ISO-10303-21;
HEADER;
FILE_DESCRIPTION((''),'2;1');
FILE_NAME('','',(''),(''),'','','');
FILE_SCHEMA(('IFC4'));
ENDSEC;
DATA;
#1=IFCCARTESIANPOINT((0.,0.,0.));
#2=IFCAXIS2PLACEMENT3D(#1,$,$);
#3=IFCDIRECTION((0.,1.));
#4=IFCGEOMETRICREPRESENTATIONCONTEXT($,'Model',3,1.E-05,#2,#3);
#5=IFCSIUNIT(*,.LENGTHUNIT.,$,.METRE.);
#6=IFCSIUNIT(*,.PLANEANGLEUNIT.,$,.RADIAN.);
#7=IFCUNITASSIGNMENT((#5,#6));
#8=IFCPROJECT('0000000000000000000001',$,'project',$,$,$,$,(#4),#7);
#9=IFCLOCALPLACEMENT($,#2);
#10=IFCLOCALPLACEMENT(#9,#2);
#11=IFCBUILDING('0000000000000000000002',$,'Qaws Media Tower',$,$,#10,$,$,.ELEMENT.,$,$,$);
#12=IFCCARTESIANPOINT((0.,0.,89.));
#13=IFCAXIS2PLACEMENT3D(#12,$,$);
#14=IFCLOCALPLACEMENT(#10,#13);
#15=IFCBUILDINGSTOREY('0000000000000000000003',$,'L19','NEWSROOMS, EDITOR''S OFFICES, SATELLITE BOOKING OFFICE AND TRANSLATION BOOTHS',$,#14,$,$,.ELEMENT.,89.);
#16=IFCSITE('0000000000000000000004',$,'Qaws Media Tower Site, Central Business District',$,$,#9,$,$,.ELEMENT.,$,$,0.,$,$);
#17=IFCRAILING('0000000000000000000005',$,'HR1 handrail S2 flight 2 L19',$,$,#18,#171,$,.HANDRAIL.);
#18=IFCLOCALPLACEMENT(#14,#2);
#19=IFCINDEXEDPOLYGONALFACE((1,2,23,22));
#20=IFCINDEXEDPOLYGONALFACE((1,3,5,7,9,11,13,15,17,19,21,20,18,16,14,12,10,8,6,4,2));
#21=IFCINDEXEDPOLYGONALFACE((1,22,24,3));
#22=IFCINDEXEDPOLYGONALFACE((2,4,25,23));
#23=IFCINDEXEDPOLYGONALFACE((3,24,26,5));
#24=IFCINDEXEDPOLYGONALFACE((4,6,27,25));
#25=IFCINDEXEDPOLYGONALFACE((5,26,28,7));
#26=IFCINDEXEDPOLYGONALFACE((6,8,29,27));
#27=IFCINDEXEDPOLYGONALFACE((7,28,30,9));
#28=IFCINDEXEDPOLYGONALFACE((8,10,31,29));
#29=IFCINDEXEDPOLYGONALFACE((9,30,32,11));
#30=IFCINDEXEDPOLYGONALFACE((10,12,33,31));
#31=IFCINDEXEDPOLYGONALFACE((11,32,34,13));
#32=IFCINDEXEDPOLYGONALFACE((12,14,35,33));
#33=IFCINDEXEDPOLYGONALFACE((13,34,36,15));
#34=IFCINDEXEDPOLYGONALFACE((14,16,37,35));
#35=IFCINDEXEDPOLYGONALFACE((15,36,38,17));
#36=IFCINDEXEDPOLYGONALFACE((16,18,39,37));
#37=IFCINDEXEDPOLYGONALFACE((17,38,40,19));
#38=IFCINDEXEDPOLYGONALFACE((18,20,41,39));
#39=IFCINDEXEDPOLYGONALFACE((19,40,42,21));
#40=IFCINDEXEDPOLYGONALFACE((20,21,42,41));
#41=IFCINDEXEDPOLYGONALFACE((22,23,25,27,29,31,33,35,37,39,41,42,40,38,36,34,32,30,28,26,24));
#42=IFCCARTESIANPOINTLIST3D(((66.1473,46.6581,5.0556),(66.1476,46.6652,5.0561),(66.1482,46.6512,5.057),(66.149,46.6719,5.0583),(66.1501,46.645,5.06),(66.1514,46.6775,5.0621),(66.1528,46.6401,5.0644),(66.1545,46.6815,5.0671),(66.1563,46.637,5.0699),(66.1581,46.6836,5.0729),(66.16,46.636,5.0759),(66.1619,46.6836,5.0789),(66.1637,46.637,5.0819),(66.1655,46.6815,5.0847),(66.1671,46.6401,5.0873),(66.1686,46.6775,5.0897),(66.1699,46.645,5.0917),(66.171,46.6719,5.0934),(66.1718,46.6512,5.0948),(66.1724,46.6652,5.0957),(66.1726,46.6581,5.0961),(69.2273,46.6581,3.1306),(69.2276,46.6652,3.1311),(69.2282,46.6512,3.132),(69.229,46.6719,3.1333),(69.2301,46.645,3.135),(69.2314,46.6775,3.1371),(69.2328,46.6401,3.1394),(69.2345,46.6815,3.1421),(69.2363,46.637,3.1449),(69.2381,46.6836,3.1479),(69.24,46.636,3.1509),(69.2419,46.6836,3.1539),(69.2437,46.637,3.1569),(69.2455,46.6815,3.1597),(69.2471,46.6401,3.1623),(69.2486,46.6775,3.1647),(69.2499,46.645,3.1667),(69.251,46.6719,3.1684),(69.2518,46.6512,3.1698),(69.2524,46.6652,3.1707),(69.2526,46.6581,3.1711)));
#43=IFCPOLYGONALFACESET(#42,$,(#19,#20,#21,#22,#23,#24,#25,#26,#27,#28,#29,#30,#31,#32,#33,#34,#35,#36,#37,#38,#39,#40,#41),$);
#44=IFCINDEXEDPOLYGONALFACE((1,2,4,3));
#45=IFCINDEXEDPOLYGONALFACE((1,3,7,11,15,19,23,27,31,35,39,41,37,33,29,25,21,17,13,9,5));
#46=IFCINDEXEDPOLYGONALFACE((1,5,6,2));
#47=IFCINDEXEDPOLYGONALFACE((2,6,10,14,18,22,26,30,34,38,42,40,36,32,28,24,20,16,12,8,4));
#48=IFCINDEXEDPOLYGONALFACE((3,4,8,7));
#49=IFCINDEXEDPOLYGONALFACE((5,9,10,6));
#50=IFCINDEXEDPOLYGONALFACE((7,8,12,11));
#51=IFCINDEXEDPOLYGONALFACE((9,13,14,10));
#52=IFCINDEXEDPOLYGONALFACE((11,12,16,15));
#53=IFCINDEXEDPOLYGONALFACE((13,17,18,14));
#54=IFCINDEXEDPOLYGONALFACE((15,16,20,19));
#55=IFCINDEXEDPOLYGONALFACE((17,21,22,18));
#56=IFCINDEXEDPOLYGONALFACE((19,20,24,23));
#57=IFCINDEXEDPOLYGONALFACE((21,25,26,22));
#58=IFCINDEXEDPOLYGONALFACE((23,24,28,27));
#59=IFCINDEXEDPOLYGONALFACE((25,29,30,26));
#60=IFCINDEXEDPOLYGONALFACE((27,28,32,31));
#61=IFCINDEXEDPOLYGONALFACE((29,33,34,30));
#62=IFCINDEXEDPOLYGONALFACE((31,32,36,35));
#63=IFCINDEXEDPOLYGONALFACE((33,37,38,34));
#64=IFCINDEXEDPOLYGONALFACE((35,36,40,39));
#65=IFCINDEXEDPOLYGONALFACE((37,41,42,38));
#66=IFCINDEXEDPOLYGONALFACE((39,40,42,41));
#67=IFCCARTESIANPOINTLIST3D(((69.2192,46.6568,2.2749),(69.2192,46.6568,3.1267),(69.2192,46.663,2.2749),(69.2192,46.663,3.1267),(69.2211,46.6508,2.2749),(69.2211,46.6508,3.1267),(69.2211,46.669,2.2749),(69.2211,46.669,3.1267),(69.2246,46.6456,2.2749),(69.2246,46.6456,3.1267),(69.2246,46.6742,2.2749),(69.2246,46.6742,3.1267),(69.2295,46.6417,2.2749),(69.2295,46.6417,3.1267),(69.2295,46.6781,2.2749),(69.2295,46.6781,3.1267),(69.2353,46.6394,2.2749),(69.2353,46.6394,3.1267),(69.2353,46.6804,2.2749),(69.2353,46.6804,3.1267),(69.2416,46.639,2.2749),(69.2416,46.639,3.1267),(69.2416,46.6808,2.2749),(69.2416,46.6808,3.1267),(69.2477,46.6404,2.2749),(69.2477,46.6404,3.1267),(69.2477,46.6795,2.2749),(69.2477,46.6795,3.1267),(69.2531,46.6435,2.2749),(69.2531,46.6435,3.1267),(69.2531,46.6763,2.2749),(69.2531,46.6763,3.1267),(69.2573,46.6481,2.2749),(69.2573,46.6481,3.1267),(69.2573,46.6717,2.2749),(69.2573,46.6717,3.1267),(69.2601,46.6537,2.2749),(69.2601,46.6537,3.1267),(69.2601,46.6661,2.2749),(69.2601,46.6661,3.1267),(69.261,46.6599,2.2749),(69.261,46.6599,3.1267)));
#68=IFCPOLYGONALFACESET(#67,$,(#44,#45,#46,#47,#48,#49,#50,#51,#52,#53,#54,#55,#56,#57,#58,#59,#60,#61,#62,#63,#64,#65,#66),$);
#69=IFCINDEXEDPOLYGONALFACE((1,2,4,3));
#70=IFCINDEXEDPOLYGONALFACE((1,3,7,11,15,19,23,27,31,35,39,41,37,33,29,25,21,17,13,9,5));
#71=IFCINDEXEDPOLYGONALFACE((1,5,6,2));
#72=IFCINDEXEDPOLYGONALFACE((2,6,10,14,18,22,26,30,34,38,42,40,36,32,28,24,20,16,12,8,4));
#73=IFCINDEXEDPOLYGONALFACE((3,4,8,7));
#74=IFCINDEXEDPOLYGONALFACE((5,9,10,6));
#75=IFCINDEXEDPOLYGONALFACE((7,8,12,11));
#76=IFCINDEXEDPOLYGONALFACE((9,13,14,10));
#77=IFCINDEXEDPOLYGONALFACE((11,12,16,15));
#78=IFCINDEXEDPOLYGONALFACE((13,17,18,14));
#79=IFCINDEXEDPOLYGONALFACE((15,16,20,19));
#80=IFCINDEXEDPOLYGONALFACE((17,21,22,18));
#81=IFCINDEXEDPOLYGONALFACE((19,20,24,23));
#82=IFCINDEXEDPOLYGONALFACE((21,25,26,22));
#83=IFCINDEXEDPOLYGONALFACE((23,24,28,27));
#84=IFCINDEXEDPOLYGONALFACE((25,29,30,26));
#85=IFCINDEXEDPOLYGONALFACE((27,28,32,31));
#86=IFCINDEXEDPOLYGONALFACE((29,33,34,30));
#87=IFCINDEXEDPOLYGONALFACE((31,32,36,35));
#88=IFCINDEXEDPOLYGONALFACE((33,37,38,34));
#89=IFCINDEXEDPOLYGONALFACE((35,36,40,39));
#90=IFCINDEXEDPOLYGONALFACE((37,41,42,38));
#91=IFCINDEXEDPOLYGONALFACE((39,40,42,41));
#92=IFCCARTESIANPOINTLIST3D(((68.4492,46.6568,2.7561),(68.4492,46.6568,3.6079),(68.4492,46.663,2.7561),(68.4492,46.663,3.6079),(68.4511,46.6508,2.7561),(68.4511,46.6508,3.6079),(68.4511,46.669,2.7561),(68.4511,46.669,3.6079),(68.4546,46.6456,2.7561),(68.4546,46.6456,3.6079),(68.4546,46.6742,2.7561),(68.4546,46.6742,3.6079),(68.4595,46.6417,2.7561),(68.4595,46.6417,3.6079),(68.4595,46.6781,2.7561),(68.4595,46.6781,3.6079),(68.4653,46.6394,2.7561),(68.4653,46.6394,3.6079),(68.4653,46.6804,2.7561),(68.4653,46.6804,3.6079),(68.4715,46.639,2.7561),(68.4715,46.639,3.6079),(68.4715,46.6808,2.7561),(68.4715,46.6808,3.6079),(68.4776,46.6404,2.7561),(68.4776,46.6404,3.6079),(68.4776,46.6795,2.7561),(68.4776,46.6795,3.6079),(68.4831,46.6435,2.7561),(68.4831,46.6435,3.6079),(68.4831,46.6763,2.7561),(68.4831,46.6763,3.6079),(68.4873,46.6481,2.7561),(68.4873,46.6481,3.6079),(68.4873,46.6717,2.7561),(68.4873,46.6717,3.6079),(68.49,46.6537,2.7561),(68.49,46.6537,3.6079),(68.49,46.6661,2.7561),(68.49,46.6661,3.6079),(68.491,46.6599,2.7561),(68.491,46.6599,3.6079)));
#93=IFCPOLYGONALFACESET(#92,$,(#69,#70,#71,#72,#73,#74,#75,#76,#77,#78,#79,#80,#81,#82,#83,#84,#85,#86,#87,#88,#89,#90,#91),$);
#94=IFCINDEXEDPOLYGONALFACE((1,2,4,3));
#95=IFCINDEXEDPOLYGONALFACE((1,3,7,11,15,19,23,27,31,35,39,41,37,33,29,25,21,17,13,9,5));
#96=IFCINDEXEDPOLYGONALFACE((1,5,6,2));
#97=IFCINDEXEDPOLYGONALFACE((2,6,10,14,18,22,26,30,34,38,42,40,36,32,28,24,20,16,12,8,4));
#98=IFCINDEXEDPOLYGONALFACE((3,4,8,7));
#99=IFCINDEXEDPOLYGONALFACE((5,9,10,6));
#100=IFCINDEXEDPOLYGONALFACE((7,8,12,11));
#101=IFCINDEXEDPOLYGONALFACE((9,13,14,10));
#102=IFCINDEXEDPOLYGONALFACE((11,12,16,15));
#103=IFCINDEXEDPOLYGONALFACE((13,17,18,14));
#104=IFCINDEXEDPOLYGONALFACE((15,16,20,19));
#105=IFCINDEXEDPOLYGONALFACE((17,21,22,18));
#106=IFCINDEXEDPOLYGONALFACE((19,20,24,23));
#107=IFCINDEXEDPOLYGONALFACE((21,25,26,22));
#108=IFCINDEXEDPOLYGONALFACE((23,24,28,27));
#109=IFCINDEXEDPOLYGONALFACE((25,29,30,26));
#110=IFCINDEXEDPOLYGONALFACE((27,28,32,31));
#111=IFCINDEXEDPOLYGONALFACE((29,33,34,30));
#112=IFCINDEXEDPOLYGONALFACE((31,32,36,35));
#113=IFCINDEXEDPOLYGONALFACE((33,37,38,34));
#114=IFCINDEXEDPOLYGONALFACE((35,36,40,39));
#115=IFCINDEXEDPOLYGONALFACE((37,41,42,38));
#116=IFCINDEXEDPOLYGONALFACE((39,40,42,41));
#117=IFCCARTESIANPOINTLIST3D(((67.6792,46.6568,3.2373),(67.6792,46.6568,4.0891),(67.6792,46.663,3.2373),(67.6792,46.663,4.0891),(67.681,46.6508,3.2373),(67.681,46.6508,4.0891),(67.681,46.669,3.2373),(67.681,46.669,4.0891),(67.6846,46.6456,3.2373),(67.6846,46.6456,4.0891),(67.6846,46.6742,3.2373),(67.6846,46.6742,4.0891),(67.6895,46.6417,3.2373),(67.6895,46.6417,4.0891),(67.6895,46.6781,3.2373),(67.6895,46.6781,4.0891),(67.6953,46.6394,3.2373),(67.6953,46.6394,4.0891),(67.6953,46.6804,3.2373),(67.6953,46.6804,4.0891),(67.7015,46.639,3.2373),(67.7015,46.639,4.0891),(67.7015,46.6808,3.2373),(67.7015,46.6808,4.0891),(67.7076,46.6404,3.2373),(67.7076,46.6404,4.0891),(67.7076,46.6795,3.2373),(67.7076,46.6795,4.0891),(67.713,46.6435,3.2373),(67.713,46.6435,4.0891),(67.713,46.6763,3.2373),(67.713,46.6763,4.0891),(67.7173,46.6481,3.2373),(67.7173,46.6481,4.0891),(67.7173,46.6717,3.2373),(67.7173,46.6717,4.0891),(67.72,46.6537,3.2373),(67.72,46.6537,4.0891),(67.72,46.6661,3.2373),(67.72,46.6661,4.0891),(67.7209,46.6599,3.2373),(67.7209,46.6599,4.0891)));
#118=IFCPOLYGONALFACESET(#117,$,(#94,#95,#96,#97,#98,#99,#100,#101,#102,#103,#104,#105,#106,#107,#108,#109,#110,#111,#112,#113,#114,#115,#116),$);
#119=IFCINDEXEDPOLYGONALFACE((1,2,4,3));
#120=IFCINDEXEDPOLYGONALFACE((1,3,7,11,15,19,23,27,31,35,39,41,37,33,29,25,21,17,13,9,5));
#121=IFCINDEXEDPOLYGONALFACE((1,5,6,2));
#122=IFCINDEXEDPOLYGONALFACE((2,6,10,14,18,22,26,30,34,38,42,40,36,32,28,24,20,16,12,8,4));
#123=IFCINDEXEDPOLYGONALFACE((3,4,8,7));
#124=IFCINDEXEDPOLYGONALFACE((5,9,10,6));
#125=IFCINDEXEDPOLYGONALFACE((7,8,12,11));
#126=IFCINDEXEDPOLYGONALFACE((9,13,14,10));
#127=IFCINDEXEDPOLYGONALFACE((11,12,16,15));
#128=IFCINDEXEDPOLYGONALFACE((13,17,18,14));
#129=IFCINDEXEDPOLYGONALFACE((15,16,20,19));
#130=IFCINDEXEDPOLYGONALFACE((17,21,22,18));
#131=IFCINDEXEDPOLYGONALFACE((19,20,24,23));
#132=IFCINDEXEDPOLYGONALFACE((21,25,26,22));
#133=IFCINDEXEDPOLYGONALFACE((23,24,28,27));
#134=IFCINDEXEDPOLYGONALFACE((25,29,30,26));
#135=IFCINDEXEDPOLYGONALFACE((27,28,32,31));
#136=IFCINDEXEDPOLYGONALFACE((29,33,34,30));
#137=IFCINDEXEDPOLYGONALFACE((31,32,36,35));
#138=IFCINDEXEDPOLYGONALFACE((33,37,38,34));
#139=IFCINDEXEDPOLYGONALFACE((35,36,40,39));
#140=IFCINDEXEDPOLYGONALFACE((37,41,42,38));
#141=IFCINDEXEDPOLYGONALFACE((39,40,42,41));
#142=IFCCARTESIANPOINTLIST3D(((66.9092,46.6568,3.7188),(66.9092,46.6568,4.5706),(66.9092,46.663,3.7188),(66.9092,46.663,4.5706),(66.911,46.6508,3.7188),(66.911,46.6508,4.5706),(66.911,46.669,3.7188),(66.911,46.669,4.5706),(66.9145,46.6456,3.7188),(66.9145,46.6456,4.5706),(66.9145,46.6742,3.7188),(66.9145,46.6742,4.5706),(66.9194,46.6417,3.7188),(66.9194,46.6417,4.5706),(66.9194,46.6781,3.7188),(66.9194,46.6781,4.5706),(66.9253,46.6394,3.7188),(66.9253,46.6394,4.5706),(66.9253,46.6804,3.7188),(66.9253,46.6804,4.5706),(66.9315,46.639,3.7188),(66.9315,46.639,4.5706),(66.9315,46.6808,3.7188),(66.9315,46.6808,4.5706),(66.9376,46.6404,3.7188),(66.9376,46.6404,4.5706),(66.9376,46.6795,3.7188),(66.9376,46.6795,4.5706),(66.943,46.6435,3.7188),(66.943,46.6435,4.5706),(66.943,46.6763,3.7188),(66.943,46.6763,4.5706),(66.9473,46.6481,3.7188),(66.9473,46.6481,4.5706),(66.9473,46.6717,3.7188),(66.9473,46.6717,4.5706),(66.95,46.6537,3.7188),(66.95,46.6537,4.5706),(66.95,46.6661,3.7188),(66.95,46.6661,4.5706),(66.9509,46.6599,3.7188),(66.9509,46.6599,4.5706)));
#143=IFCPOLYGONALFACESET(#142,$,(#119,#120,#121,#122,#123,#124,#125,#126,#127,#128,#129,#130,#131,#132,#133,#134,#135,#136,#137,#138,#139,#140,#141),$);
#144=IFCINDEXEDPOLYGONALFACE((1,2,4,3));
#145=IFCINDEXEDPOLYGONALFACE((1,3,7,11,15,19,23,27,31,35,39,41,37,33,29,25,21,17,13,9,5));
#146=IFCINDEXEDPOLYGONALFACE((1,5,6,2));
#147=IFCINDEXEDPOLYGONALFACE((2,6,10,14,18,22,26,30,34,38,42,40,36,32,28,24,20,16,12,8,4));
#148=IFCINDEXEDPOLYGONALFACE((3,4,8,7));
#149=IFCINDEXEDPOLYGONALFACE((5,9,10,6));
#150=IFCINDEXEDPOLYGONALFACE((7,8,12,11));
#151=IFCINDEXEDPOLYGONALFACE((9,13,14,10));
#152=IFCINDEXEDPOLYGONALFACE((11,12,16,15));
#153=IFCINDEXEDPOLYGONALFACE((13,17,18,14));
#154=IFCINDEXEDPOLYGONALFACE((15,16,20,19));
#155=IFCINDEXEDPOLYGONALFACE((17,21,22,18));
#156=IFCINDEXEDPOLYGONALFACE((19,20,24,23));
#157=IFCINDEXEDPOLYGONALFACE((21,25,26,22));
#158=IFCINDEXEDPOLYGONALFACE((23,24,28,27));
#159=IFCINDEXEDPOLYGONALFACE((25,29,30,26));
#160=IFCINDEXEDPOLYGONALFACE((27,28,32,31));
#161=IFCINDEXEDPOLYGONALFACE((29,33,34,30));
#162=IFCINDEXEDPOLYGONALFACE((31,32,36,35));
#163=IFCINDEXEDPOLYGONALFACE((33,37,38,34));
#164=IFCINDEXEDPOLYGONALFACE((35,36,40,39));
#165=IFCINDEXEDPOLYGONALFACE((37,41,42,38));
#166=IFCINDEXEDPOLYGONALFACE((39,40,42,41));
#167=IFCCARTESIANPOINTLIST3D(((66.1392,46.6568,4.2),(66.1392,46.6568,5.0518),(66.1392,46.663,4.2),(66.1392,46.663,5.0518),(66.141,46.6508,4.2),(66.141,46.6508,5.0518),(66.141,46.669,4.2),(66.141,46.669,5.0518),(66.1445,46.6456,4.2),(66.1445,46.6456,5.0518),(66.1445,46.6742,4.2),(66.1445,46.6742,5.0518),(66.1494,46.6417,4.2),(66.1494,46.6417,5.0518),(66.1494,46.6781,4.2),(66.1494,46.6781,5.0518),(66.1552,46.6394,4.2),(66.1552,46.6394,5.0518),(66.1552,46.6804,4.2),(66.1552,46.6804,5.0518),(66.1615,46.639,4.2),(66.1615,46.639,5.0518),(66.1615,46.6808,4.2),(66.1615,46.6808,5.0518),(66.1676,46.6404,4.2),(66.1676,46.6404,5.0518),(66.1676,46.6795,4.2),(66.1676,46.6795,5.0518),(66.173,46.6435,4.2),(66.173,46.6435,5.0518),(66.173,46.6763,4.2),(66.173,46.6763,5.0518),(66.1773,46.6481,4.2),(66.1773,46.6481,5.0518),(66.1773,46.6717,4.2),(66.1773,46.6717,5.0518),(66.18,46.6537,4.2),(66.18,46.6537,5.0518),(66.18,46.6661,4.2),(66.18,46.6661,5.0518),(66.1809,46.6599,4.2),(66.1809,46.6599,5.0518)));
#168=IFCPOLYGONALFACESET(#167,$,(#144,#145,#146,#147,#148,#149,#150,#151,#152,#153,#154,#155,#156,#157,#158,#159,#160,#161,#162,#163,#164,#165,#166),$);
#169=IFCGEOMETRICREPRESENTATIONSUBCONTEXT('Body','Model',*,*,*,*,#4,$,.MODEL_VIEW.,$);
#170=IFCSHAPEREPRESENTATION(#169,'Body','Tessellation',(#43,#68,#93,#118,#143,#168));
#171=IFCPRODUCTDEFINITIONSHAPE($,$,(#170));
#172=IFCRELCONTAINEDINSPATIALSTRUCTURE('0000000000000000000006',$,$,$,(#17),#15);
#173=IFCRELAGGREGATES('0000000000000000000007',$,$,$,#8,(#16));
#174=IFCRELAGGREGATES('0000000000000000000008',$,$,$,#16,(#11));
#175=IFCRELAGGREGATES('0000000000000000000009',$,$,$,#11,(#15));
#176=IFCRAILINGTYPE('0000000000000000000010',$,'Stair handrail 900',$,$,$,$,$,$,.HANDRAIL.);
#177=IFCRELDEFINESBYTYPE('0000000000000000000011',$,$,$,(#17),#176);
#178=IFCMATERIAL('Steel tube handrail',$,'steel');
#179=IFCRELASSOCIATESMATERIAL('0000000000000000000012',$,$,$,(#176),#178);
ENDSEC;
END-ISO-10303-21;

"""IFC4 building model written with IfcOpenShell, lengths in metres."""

from ifc_helpers import new_model, si_unit, direction, frame, origin, origin_2d, place, context, subcontext, project, spatial, circle, extrude, material, type_object, element, save


model = new_model("IFC4")

# Units and contexts
model_context = context("Model", 3, precision=1e-05, world=origin(), true_north=direction((0.0, 1.0)))
body_context = subcontext(model_context, "Body", "Model", "MODEL_VIEW")
ifc_project = project(units=[si_unit("LENGTHUNIT", "METRE"), si_unit("PLANEANGLEUNIT", "RADIAN")], contexts=[model_context])

# Site, building, storey
site_placement = place(None, origin())
site = spatial("IfcSite", under=ifc_project, at=site_placement, Name="Qaws Media Tower Site, Central Business District", CompositionType="ELEMENT", RefElevation=0.0)
building_placement = place(site_placement, origin())
building = spatial("IfcBuilding", under=site, at=building_placement, Name="Qaws Media Tower", CompositionType="ELEMENT")
storey_placement = place(building_placement, frame((0.0, 0.0, 89.0)))
storey = spatial("IfcBuildingStorey", under=building, at=storey_placement, Name="L19", Description="NEWSROOMS, EDITOR'S OFFICES, SATELLITE BOOKING OFFICE AND TRANSLATION BOOTHS", CompositionType="ELEMENT", Elevation=89.0)

# Railing
ifc_material_1 = material(Name="Steel tube handrail", Category="steel")
railing_type = type_object("IfcRailingType", Name="Stair handrail 900", PredefinedType="HANDRAIL", material=ifc_material_1)
for number, where, name in (
    (1, (69.24, 46.6599, 2.2749), "HR1 handrail S2 flight 2 L19"),
):
    element("IfcRailing", number, at=place(storey_placement, frame(where)), inside=storey, type_object=railing_type, Name=name, PredefinedType="HANDRAIL", context=body_context, shape_type="SweptSolid", body=[
        extrude(circle(Radius=0.0239, at=origin_2d()), frame((0.0, 0.0, 0.876), z_axis=(-0.847998, 0.0, 0.529999), x_axis=(0.0, -1.0, 0.0)), (0.0, 0.0, 1.0), 3.6321),
        extrude(circle(Radius=0.021, at=origin_2d()), origin(), (0.0, 0.0, 1.0), 0.8518),
        extrude(circle(Radius=0.021, at=origin_2d()), frame((-0.77, 0.0, 0.4812)), (0.0, 0.0, 1.0), 0.8518),
        extrude(circle(Radius=0.021, at=origin_2d()), frame((-1.54, 0.0, 0.9624)), (0.0, 0.0, 1.0), 0.8518),
        extrude(circle(Radius=0.021, at=origin_2d()), frame((-2.3101, 0.0, 1.4438)), (0.0, 0.0, 1.0), 0.8518),
        extrude(circle(Radius=0.021, at=origin_2d()), frame((-3.0801, 0.0, 1.925)), (0.0, 0.0, 1.0), 0.8518),
    ])

save(model, "model.ifc")
